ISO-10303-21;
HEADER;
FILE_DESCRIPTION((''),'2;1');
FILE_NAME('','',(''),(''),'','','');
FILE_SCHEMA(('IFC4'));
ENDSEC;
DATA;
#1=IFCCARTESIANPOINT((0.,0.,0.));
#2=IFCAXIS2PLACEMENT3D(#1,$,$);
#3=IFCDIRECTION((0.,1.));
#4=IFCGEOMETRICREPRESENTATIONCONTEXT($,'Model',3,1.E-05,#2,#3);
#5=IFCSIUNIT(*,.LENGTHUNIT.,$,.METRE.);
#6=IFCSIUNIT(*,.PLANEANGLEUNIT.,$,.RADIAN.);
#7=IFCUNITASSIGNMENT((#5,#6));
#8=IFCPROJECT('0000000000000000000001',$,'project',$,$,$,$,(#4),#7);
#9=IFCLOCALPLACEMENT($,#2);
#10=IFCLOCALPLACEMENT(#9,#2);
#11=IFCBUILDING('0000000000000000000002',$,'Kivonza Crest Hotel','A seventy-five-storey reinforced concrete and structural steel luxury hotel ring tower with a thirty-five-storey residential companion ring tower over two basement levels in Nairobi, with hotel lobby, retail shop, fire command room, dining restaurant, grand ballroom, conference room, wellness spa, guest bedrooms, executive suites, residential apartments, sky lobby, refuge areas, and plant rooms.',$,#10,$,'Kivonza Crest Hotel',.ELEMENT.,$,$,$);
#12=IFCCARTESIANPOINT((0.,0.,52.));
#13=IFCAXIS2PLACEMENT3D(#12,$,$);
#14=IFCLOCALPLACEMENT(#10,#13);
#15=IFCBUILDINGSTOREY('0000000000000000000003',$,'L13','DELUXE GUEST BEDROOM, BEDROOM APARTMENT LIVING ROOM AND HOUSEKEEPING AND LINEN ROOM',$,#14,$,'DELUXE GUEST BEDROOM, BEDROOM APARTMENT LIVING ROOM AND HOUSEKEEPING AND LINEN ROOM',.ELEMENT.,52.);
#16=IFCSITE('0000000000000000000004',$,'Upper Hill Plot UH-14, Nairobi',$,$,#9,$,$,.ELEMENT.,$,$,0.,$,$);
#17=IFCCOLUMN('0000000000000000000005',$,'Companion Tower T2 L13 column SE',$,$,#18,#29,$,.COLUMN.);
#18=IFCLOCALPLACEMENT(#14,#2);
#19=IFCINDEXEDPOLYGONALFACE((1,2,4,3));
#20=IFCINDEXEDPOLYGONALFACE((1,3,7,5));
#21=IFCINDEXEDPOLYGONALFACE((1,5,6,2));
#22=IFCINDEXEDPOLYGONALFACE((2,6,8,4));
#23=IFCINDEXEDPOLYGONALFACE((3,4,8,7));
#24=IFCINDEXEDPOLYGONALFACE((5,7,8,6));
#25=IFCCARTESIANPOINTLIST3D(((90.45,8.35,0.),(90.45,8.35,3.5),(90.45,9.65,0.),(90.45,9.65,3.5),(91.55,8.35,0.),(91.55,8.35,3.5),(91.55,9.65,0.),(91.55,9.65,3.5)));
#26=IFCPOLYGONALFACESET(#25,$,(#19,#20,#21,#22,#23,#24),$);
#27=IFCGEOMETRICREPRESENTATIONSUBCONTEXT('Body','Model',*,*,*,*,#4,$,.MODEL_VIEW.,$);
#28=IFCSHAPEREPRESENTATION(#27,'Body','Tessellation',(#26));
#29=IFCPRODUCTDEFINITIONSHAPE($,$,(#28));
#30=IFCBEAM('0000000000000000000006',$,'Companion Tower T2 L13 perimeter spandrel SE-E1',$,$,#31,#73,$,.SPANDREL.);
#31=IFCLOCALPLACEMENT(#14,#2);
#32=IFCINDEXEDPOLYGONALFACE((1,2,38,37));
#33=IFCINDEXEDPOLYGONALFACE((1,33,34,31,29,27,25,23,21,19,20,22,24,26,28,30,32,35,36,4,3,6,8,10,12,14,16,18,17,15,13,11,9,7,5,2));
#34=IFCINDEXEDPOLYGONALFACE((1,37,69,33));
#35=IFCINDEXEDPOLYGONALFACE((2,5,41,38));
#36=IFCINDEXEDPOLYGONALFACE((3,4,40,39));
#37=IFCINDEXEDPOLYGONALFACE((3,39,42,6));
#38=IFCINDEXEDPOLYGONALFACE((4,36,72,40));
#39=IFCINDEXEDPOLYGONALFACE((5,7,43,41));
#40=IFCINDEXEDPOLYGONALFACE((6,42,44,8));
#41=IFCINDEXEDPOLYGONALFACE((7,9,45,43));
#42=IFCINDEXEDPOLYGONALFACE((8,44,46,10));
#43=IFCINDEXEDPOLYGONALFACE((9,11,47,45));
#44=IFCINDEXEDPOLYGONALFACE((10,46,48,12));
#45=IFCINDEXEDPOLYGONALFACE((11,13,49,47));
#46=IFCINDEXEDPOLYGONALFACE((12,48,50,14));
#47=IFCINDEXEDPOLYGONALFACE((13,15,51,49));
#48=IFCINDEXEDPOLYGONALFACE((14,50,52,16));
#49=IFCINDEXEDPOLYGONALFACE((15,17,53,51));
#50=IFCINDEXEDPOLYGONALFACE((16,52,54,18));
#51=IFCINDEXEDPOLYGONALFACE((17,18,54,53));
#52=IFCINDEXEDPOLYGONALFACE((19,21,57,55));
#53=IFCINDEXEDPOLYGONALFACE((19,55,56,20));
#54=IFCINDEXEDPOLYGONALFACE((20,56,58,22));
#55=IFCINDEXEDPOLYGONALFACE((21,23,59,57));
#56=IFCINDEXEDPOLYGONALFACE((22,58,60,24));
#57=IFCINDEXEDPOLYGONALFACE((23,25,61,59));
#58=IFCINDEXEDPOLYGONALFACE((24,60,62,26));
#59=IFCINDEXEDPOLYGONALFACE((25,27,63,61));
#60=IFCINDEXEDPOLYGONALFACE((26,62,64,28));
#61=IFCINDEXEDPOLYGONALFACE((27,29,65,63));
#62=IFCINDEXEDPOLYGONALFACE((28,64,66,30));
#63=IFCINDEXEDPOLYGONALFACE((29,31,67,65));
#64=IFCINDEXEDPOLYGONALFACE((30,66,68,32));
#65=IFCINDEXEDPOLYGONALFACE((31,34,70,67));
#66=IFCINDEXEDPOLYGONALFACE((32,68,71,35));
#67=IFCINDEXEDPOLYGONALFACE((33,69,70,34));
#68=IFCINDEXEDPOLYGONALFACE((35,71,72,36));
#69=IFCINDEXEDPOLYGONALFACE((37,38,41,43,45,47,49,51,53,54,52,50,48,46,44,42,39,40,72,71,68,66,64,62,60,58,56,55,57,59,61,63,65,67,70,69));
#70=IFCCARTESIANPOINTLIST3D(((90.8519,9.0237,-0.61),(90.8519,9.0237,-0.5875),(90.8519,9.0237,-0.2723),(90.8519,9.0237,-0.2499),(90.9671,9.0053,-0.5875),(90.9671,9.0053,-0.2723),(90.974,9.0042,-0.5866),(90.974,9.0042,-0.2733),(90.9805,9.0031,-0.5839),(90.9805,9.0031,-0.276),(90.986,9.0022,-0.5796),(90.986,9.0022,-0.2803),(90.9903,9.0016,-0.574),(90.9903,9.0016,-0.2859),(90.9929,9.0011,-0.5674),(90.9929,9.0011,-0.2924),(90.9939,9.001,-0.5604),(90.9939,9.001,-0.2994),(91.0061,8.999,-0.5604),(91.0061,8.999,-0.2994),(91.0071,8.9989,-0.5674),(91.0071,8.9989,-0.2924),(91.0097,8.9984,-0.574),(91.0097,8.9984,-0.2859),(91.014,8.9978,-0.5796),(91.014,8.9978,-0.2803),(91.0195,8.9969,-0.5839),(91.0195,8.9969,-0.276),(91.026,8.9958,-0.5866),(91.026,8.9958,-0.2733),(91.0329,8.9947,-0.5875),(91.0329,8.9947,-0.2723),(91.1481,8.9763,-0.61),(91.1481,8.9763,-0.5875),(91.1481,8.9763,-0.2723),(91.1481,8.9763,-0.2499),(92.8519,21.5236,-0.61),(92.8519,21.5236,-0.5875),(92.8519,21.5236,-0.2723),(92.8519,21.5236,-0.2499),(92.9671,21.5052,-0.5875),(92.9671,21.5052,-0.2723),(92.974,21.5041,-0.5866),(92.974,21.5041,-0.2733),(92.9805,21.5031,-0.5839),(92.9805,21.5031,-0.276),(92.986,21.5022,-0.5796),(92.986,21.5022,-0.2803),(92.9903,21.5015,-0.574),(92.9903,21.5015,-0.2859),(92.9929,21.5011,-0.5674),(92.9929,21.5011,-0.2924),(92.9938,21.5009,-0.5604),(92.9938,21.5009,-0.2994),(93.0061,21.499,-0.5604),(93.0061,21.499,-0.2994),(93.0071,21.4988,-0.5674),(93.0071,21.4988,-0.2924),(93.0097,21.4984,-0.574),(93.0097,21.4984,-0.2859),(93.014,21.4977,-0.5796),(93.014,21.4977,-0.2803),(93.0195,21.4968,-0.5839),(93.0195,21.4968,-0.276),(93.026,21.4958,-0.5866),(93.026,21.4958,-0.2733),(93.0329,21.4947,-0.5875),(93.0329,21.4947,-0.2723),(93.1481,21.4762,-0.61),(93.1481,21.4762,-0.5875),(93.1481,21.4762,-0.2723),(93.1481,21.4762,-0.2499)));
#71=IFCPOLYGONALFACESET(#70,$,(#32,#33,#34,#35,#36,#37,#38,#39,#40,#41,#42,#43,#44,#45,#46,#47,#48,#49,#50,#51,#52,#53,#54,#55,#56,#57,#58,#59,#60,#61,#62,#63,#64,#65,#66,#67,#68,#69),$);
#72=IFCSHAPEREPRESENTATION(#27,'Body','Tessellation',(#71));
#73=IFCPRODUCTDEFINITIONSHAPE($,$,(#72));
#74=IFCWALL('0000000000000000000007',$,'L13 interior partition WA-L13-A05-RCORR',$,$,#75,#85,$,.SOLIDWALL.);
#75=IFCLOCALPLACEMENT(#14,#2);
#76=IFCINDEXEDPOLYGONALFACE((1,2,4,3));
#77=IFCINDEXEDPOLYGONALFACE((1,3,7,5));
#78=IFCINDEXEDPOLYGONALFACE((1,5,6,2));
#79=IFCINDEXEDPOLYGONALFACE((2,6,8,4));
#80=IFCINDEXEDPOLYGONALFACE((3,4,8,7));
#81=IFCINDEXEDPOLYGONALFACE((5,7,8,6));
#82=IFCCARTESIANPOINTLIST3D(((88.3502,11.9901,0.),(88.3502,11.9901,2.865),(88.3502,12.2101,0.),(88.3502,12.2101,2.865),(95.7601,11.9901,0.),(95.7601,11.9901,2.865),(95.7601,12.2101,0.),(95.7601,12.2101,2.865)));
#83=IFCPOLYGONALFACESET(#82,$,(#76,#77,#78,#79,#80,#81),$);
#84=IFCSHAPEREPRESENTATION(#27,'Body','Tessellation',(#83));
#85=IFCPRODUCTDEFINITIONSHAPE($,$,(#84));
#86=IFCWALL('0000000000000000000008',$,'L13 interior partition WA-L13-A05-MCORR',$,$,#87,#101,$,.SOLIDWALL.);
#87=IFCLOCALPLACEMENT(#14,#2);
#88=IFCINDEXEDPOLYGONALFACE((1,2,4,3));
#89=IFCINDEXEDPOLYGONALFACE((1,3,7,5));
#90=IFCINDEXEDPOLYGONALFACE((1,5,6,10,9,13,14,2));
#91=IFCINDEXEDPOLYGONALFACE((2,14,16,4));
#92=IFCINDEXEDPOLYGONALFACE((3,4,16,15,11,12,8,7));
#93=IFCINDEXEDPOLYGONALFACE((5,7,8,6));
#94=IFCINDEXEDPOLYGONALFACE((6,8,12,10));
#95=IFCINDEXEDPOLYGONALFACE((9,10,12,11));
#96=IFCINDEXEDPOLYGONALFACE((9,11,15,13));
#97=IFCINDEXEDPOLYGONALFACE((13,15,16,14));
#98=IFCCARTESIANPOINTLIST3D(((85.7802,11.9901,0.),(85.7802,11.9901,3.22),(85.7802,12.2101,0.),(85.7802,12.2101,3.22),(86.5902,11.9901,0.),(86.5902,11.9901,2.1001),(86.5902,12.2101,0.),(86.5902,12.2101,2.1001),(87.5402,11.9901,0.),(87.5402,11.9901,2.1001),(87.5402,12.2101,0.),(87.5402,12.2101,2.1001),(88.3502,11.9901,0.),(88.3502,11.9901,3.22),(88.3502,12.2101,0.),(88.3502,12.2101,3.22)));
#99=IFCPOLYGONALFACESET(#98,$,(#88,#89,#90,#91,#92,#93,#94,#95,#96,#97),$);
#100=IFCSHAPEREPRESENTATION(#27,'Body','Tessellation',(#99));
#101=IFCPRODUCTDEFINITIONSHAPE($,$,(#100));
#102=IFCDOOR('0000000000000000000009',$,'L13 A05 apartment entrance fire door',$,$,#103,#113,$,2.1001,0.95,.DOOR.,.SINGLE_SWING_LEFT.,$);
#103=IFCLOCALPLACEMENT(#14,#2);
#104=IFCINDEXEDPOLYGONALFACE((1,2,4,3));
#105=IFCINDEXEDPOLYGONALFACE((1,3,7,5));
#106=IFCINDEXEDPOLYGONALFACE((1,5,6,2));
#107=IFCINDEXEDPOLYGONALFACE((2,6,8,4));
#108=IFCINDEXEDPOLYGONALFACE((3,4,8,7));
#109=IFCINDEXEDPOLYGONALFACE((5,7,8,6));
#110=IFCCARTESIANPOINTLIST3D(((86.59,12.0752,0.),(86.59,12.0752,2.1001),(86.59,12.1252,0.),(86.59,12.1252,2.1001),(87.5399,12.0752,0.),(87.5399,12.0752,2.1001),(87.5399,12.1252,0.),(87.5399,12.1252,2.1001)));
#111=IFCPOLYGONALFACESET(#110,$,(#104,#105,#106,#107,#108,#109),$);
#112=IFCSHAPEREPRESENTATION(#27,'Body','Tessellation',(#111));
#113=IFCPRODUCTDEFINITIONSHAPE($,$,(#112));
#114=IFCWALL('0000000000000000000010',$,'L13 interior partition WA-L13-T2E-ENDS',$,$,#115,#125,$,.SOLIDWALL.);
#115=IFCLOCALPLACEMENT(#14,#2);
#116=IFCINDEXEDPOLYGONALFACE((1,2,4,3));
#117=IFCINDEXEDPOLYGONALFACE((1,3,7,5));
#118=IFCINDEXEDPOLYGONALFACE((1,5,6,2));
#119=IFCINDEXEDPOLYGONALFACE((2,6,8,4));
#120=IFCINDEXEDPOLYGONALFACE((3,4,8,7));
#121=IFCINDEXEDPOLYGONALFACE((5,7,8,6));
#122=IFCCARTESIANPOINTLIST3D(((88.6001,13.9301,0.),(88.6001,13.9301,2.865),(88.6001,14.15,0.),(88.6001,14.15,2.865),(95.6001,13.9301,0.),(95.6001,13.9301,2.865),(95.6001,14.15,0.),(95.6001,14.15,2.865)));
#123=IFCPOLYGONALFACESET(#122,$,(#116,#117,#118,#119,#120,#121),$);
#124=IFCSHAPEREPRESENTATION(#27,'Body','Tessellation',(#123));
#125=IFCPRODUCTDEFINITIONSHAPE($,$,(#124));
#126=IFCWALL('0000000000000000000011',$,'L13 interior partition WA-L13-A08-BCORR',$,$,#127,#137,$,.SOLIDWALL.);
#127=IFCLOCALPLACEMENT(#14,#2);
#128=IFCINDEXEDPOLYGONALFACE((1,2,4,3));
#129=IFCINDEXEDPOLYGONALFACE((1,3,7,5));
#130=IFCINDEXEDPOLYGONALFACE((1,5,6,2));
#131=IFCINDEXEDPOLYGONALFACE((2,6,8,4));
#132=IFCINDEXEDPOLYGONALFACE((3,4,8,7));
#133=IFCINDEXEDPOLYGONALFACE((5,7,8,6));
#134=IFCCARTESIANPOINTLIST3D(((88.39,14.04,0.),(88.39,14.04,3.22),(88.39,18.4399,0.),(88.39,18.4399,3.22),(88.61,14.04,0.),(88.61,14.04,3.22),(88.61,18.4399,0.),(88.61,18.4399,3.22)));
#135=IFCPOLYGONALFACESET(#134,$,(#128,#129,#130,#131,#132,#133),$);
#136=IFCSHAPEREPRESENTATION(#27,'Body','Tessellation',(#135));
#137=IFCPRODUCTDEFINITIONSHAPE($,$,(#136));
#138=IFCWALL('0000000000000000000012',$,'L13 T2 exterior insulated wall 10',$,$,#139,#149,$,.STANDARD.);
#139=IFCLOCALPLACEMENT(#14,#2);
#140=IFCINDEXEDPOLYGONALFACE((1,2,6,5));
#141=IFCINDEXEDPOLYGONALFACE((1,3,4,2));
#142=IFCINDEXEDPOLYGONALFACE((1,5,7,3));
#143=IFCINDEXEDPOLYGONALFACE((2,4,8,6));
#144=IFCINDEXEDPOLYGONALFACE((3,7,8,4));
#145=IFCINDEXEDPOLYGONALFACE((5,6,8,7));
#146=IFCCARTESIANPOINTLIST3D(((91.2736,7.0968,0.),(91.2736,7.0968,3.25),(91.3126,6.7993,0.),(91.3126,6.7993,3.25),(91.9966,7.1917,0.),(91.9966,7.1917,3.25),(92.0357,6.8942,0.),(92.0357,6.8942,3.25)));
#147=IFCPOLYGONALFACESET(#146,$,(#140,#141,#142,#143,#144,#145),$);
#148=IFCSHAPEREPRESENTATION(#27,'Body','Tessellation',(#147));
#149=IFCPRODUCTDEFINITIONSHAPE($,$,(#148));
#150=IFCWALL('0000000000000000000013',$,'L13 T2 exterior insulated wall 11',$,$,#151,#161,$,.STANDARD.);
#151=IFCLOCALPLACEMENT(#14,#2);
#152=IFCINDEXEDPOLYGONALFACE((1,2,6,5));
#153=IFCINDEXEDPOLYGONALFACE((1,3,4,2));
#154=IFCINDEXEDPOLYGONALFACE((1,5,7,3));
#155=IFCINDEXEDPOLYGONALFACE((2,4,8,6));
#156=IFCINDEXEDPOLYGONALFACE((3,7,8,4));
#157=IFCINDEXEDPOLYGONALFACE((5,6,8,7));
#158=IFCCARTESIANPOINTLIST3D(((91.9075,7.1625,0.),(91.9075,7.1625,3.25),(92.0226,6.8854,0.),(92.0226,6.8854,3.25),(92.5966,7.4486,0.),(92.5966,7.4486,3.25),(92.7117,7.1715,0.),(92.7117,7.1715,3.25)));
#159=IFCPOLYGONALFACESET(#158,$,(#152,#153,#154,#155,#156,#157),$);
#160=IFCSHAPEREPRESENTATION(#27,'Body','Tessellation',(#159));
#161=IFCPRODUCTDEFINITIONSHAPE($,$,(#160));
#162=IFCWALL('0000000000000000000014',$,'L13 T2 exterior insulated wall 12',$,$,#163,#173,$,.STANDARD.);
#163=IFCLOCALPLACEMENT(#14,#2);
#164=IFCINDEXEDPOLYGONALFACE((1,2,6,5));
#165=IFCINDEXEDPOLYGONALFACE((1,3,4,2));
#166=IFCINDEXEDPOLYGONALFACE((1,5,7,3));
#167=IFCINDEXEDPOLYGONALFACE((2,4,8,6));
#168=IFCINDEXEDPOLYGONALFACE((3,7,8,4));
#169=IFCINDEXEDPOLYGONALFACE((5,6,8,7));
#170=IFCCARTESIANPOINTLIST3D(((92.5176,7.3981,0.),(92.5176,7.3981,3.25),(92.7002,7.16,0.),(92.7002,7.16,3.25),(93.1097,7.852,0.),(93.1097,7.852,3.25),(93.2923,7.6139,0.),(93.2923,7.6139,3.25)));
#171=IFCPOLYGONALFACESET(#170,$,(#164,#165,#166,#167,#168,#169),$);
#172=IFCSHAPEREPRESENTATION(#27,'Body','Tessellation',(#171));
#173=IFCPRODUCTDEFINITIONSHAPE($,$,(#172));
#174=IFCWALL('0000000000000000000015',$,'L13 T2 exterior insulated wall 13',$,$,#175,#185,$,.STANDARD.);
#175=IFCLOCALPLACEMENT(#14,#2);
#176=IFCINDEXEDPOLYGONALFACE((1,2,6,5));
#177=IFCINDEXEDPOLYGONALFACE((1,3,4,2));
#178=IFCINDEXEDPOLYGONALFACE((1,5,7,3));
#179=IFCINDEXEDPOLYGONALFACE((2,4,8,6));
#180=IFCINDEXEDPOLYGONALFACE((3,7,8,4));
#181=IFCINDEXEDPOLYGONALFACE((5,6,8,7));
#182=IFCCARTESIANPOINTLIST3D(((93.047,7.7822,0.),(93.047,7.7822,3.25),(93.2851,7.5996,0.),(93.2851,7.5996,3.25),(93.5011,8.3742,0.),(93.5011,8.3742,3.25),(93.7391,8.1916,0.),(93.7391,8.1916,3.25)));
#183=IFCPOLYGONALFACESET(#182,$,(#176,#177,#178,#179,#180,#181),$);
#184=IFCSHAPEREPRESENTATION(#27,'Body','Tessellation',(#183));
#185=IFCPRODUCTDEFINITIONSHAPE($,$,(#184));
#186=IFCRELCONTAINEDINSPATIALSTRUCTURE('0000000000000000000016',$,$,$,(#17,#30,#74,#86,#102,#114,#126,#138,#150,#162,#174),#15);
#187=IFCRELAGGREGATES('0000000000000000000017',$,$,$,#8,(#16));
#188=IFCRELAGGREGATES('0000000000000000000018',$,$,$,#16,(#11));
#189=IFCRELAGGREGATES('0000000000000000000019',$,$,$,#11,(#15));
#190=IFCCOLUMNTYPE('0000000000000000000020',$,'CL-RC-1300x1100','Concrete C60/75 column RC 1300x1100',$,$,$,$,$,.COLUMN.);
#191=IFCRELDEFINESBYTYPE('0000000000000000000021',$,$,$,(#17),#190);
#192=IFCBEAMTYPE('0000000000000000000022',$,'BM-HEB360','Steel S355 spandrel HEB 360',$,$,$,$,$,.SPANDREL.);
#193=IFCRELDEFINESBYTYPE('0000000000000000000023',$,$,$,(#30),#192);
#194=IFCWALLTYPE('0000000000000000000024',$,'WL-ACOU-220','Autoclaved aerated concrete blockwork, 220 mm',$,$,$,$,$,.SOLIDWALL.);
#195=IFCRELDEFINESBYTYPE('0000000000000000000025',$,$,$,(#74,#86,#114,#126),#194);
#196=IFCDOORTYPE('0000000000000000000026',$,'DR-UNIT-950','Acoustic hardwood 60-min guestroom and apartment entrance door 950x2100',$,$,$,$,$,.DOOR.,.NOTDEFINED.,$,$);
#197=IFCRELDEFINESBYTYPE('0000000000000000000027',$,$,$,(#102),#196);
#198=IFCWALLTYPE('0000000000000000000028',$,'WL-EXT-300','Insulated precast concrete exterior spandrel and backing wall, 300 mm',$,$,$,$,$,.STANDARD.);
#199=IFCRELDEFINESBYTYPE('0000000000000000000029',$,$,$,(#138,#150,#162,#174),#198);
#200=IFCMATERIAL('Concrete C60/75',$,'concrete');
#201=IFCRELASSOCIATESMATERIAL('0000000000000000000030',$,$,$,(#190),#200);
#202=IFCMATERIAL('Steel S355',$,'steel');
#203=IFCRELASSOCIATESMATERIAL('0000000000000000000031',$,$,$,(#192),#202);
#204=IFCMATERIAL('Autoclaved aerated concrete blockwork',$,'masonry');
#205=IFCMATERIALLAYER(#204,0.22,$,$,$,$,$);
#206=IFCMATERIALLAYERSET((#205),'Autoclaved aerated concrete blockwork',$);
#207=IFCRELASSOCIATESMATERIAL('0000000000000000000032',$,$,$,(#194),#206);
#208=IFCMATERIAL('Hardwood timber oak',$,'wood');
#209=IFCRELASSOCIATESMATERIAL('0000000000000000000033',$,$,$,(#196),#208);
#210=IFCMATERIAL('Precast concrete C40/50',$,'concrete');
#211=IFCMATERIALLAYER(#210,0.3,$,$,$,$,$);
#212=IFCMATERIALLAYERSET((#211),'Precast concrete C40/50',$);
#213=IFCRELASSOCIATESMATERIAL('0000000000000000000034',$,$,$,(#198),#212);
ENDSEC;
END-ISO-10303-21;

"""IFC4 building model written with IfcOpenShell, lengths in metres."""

from ifc_helpers import new_model, si_unit, direction, frame, frame_2d, origin, origin_2d, place, context, subcontext, project, spatial, rectangle, i_section, extrude, material, layer, layer_set, material_profile, profile_set, type_object, element, fill, save


model = new_model("IFC4")

# Units and contexts
model_context = context("Model", 3, precision=1e-05, world=origin(), true_north=direction((0.0, 1.0)))
body_context = subcontext(model_context, "Body", "Model", "MODEL_VIEW")
ifc_project = project(units=[si_unit("LENGTHUNIT", "METRE"), si_unit("PLANEANGLEUNIT", "RADIAN")], contexts=[model_context])

# Site, building, storey
site_placement = place(None, origin())
site = spatial("IfcSite", under=ifc_project, at=site_placement, Name="Upper Hill Plot UH-14, Nairobi", CompositionType="ELEMENT", RefElevation=0.0)
building_placement = place(site_placement, origin())
building = spatial("IfcBuilding", under=site, at=building_placement, Name="Kivonza Crest Hotel", Description="A seventy-five-storey reinforced concrete and structural steel luxury hotel ring tower with a thirty-five-storey residential companion ring tower over two basement levels in Nairobi, with hotel lobby, retail shop, fire command room, dining restaurant, grand ballroom, conference room, wellness spa, guest bedrooms, executive suites, residential apartments, sky lobby, refuge areas, and plant rooms.", LongName="Kivonza Crest Hotel", CompositionType="ELEMENT")
storey_placement = place(building_placement, frame((0.0, 0.0, 52.0)))
storey = spatial("IfcBuildingStorey", under=building, at=storey_placement, Name="L13", Description="DELUXE GUEST BEDROOM, BEDROOM APARTMENT LIVING ROOM AND HOUSEKEEPING AND LINEN ROOM", LongName="DELUXE GUEST BEDROOM, BEDROOM APARTMENT LIVING ROOM AND HOUSEKEEPING AND LINEN ROOM", CompositionType="ELEMENT", Elevation=52.0)

# Column
ifc_material_1 = material(Name="Concrete C60/75", Category="concrete")
ifc_material_profile_1 = material_profile(ifc_material_1, rectangle(XDim=1.1001, YDim=1.3, at=origin_2d()), Name="RC 1300x1100")
ifc_profile_set_1 = profile_set([ifc_material_profile_1], Name="Concrete C60/75")
column_type = type_object("IfcColumnType", Name="CL-RC-1300x1100", Description="Concrete C60/75 column RC 1300x1100", PredefinedType="COLUMN", material=ifc_profile_set_1)
column_placement = place(storey_placement, frame((91.0, 9.0, 0.0), z_axis=(0.0, 0.0, 1.0), x_axis=(1.0, 0.0, 0.0)))
element("IfcColumn", 1, at=column_placement, inside=storey, type_object=column_type, Name="Companion Tower T2 L13 column SE", PredefinedType="COLUMN", context=body_context, shape_type="SweptSolid", body=[
    extrude(rectangle(XDim=1.1001, YDim=1.3, at=origin_2d()), origin(), (0.0, 0.0, 1.0), 3.5),
])

# Beam
ifc_material_2 = material(Name="Steel S355", Category="steel")
ifc_material_profile_2 = material_profile(ifc_material_2, i_section(OverallWidth=0.3, OverallDepth=0.3601, WebThickness=0.0125, FlangeThickness=0.0225, FilletRadius=0.0271, at=origin_2d()), Name="HEB 360")
ifc_profile_set_2 = profile_set([ifc_material_profile_2], Name="Steel S355")
beam_type = type_object("IfcBeamType", Name="BM-HEB360", Description="Steel S355 spandrel HEB 360", PredefinedType="SPANDREL", material=ifc_profile_set_2)
beam_placement = place(storey_placement, frame((91.0, 9.0, -0.4299), z_axis=(0.157991, 0.987441, 0.0), x_axis=(-0.987441, 0.157991, 0.0)))
element("IfcBeam", 2, at=beam_placement, inside=storey, type_object=beam_type, Name="Companion Tower T2 L13 perimeter spandrel SE-E1", PredefinedType="SPANDREL", context=body_context, shape_type="SweptSolid", body=[
    extrude(i_section(OverallWidth=0.3, OverallDepth=0.3601, WebThickness=0.0125, FlangeThickness=0.0225, FilletRadius=0.0271, at=origin_2d()), origin(), (0.0, 0.0, 1.0), 12.6589),
])

# Wall
ifc_material_3 = material(Name="Autoclaved aerated concrete blockwork", Category="masonry")
ifc_layer_1 = layer(ifc_material_3, 0.22)
ifc_layer_set_1 = layer_set([ifc_layer_1], Name="Autoclaved aerated concrete blockwork")
wall_type_1 = type_object("IfcWallType", Name="WL-ACOU-220", Description="Autoclaved aerated concrete blockwork, 220 mm", PredefinedType="SOLIDWALL", material=ifc_layer_set_1)
wall_1_placement = place(storey_placement, frame((88.3501, 12.1001, 0.0), z_axis=(0.0, 0.0, 1.0), x_axis=(1.0, 0.0, 0.0)))
element("IfcWall", 3, at=wall_1_placement, inside=storey, type_object=wall_type_1, Name="L13 interior partition WA-L13-A05-RCORR", PredefinedType="SOLIDWALL", context=body_context, shape_type="SweptSolid", body=[
    extrude(rectangle(XDim=7.4099, YDim=0.22, at=frame_2d((3.7051, 0.0))), origin(), (0.0, 0.0, 1.0), 2.865),
])

# Wall, opening, door
wall_2_placement = place(storey_placement, frame((85.78, 12.1001, 0.0), z_axis=(0.0, 0.0, 1.0), x_axis=(1.0, 0.0, 0.0)))
wall_2 = element("IfcWall", 4, at=wall_2_placement, inside=storey, type_object=wall_type_1, Name="L13 interior partition WA-L13-A05-MCORR", PredefinedType="SOLIDWALL", context=body_context, shape_type="SweptSolid", body=[
    extrude(rectangle(XDim=2.5701, YDim=0.22, at=frame_2d((1.2852, 0.0))), origin(), (0.0, 0.0, 1.0), 3.22),
])
opening_1_placement = place(wall_2_placement, frame((0.8101, 0.0, 0.0)))
opening_1 = element("IfcOpeningElement", 5, at=opening_1_placement, cuts=wall_2, PredefinedType="OPENING", context=body_context, shape_type="SweptSolid", body=[
    extrude(rectangle(XDim=0.95, YDim=2.1001, at=frame_2d((0.4751, 1.05))), frame((0.0, 0.1201, 0.0), z_axis=(0.0, -1.0, 0.0), x_axis=(1.0, 0.0, 0.0)), (0.0, 0.0, 1.0), 0.24),
])
ifc_material_4 = material(Name="Hardwood timber oak", Category="wood")
door_type_1 = type_object("IfcDoorType", Name="DR-UNIT-950", Description="Acoustic hardwood 60-min guestroom and apartment entrance door 950x2100", OperationType="NOTDEFINED", PredefinedType="DOOR", material=ifc_material_4)
door_1_placement = place(opening_1_placement, frame((0.95, 0.0, 0.0), z_axis=(0.0, 0.0, 1.0), x_axis=(-1.0, 0.0, 0.0)))
door_1 = element("IfcDoor", 6, at=door_1_placement, inside=storey, type_object=door_type_1, Name="L13 A05 apartment entrance fire door", OperationType="SINGLE_SWING_LEFT", OverallHeight=2.1001, OverallWidth=0.95, PredefinedType="DOOR", context=body_context, shape_type="SweptSolid", body=[
    extrude(rectangle(XDim=0.95, YDim=2.1001, at=frame_2d((0.4751, 1.05))), frame((0.0, 0.0249, 0.0), z_axis=(0.0, -1.0, 0.0), x_axis=(1.0, 0.0, 0.0)), (0.0, 0.0, 1.0), 0.05),
])
fill(opening_1, door_1)

# Walls
wall_3_placement = place(storey_placement, frame((88.6001, 14.04, 0.0), z_axis=(0.0, 0.0, 1.0), x_axis=(1.0, 0.0, 0.0)))
element("IfcWall", 7, at=wall_3_placement, inside=storey, type_object=wall_type_1, Name="L13 interior partition WA-L13-T2E-ENDS", PredefinedType="SOLIDWALL", context=body_context, shape_type="SweptSolid", body=[
    extrude(rectangle(XDim=7.0, YDim=0.22, at=frame_2d((3.5, 0.0))), origin(), (0.0, 0.0, 1.0), 2.865),
])
wall_4_placement = place(storey_placement, frame((88.5, 14.04, 0.0), z_axis=(0.0, 0.0, 1.0), x_axis=(0.0, 1.0, 0.0)))
element("IfcWall", 8, at=wall_4_placement, inside=storey, type_object=wall_type_1, Name="L13 interior partition WA-L13-A08-BCORR", PredefinedType="SOLIDWALL", context=body_context, shape_type="SweptSolid", body=[
    extrude(rectangle(XDim=4.3999, YDim=0.22, at=frame_2d((2.2, 0.0))), origin(), (0.0, 0.0, 1.0), 3.22),
])
ifc_material_5 = material(Name="Precast concrete C40/50", Category="concrete")
ifc_layer_2 = layer(ifc_material_5, 0.3)
ifc_layer_set_2 = layer_set([ifc_layer_2], Name="Precast concrete C40/50")
wall_type_2 = type_object("IfcWallType", Name="WL-EXT-300", Description="Insulated precast concrete exterior spandrel and backing wall, 300 mm", PredefinedType="STANDARD", material=ifc_layer_set_2)
wall_5_placement = place(storey_placement, frame((91.293, 6.948, 0.0), z_axis=(0.0, 0.0, 1.0), x_axis=(0.991486, 0.130212, 0.0)))
element("IfcWall", 9, at=wall_5_placement, inside=storey, type_object=wall_type_2, Name="L13 T2 exterior insulated wall 10", PredefinedType="STANDARD", context=body_context, shape_type="SweptSolid", body=[
    extrude(rectangle(XDim=0.7292, YDim=0.3, at=frame_2d((0.3647, 0.0))), origin(), (0.0, 0.0, 1.0), 3.25),
])
for number, where, z_axis, x_axis, name in (
    (10, (91.9651, 7.0239, 0.0), (0.0, 0.0, 1.0), (0.923522, 0.383546, 0.0), "L13 T2 exterior insulated wall 11"),
    (11, (92.6089, 7.2791, 0.0), (0.0, 0.0, 1.0), (0.793633, 0.608397, 0.0), "L13 T2 exterior insulated wall 12"),
    (12, (93.166, 7.6909, 0.0), (0.0, 0.0, 1.0), (0.608603, 0.793475, 0.0), "L13 T2 exterior insulated wall 13"),
):
    element("IfcWall", number, at=place(storey_placement, frame(where, z_axis=z_axis, x_axis=x_axis)), inside=storey, type_object=wall_type_2, Name=name, PredefinedType="STANDARD", context=body_context, shape_type="SweptSolid", body=[
        extrude(rectangle(XDim=0.7461, YDim=0.3, at=frame_2d((0.373, 0.0))), origin(), (0.0, 0.0, 1.0), 3.25),
    ])

save(model, "model.ifc")
